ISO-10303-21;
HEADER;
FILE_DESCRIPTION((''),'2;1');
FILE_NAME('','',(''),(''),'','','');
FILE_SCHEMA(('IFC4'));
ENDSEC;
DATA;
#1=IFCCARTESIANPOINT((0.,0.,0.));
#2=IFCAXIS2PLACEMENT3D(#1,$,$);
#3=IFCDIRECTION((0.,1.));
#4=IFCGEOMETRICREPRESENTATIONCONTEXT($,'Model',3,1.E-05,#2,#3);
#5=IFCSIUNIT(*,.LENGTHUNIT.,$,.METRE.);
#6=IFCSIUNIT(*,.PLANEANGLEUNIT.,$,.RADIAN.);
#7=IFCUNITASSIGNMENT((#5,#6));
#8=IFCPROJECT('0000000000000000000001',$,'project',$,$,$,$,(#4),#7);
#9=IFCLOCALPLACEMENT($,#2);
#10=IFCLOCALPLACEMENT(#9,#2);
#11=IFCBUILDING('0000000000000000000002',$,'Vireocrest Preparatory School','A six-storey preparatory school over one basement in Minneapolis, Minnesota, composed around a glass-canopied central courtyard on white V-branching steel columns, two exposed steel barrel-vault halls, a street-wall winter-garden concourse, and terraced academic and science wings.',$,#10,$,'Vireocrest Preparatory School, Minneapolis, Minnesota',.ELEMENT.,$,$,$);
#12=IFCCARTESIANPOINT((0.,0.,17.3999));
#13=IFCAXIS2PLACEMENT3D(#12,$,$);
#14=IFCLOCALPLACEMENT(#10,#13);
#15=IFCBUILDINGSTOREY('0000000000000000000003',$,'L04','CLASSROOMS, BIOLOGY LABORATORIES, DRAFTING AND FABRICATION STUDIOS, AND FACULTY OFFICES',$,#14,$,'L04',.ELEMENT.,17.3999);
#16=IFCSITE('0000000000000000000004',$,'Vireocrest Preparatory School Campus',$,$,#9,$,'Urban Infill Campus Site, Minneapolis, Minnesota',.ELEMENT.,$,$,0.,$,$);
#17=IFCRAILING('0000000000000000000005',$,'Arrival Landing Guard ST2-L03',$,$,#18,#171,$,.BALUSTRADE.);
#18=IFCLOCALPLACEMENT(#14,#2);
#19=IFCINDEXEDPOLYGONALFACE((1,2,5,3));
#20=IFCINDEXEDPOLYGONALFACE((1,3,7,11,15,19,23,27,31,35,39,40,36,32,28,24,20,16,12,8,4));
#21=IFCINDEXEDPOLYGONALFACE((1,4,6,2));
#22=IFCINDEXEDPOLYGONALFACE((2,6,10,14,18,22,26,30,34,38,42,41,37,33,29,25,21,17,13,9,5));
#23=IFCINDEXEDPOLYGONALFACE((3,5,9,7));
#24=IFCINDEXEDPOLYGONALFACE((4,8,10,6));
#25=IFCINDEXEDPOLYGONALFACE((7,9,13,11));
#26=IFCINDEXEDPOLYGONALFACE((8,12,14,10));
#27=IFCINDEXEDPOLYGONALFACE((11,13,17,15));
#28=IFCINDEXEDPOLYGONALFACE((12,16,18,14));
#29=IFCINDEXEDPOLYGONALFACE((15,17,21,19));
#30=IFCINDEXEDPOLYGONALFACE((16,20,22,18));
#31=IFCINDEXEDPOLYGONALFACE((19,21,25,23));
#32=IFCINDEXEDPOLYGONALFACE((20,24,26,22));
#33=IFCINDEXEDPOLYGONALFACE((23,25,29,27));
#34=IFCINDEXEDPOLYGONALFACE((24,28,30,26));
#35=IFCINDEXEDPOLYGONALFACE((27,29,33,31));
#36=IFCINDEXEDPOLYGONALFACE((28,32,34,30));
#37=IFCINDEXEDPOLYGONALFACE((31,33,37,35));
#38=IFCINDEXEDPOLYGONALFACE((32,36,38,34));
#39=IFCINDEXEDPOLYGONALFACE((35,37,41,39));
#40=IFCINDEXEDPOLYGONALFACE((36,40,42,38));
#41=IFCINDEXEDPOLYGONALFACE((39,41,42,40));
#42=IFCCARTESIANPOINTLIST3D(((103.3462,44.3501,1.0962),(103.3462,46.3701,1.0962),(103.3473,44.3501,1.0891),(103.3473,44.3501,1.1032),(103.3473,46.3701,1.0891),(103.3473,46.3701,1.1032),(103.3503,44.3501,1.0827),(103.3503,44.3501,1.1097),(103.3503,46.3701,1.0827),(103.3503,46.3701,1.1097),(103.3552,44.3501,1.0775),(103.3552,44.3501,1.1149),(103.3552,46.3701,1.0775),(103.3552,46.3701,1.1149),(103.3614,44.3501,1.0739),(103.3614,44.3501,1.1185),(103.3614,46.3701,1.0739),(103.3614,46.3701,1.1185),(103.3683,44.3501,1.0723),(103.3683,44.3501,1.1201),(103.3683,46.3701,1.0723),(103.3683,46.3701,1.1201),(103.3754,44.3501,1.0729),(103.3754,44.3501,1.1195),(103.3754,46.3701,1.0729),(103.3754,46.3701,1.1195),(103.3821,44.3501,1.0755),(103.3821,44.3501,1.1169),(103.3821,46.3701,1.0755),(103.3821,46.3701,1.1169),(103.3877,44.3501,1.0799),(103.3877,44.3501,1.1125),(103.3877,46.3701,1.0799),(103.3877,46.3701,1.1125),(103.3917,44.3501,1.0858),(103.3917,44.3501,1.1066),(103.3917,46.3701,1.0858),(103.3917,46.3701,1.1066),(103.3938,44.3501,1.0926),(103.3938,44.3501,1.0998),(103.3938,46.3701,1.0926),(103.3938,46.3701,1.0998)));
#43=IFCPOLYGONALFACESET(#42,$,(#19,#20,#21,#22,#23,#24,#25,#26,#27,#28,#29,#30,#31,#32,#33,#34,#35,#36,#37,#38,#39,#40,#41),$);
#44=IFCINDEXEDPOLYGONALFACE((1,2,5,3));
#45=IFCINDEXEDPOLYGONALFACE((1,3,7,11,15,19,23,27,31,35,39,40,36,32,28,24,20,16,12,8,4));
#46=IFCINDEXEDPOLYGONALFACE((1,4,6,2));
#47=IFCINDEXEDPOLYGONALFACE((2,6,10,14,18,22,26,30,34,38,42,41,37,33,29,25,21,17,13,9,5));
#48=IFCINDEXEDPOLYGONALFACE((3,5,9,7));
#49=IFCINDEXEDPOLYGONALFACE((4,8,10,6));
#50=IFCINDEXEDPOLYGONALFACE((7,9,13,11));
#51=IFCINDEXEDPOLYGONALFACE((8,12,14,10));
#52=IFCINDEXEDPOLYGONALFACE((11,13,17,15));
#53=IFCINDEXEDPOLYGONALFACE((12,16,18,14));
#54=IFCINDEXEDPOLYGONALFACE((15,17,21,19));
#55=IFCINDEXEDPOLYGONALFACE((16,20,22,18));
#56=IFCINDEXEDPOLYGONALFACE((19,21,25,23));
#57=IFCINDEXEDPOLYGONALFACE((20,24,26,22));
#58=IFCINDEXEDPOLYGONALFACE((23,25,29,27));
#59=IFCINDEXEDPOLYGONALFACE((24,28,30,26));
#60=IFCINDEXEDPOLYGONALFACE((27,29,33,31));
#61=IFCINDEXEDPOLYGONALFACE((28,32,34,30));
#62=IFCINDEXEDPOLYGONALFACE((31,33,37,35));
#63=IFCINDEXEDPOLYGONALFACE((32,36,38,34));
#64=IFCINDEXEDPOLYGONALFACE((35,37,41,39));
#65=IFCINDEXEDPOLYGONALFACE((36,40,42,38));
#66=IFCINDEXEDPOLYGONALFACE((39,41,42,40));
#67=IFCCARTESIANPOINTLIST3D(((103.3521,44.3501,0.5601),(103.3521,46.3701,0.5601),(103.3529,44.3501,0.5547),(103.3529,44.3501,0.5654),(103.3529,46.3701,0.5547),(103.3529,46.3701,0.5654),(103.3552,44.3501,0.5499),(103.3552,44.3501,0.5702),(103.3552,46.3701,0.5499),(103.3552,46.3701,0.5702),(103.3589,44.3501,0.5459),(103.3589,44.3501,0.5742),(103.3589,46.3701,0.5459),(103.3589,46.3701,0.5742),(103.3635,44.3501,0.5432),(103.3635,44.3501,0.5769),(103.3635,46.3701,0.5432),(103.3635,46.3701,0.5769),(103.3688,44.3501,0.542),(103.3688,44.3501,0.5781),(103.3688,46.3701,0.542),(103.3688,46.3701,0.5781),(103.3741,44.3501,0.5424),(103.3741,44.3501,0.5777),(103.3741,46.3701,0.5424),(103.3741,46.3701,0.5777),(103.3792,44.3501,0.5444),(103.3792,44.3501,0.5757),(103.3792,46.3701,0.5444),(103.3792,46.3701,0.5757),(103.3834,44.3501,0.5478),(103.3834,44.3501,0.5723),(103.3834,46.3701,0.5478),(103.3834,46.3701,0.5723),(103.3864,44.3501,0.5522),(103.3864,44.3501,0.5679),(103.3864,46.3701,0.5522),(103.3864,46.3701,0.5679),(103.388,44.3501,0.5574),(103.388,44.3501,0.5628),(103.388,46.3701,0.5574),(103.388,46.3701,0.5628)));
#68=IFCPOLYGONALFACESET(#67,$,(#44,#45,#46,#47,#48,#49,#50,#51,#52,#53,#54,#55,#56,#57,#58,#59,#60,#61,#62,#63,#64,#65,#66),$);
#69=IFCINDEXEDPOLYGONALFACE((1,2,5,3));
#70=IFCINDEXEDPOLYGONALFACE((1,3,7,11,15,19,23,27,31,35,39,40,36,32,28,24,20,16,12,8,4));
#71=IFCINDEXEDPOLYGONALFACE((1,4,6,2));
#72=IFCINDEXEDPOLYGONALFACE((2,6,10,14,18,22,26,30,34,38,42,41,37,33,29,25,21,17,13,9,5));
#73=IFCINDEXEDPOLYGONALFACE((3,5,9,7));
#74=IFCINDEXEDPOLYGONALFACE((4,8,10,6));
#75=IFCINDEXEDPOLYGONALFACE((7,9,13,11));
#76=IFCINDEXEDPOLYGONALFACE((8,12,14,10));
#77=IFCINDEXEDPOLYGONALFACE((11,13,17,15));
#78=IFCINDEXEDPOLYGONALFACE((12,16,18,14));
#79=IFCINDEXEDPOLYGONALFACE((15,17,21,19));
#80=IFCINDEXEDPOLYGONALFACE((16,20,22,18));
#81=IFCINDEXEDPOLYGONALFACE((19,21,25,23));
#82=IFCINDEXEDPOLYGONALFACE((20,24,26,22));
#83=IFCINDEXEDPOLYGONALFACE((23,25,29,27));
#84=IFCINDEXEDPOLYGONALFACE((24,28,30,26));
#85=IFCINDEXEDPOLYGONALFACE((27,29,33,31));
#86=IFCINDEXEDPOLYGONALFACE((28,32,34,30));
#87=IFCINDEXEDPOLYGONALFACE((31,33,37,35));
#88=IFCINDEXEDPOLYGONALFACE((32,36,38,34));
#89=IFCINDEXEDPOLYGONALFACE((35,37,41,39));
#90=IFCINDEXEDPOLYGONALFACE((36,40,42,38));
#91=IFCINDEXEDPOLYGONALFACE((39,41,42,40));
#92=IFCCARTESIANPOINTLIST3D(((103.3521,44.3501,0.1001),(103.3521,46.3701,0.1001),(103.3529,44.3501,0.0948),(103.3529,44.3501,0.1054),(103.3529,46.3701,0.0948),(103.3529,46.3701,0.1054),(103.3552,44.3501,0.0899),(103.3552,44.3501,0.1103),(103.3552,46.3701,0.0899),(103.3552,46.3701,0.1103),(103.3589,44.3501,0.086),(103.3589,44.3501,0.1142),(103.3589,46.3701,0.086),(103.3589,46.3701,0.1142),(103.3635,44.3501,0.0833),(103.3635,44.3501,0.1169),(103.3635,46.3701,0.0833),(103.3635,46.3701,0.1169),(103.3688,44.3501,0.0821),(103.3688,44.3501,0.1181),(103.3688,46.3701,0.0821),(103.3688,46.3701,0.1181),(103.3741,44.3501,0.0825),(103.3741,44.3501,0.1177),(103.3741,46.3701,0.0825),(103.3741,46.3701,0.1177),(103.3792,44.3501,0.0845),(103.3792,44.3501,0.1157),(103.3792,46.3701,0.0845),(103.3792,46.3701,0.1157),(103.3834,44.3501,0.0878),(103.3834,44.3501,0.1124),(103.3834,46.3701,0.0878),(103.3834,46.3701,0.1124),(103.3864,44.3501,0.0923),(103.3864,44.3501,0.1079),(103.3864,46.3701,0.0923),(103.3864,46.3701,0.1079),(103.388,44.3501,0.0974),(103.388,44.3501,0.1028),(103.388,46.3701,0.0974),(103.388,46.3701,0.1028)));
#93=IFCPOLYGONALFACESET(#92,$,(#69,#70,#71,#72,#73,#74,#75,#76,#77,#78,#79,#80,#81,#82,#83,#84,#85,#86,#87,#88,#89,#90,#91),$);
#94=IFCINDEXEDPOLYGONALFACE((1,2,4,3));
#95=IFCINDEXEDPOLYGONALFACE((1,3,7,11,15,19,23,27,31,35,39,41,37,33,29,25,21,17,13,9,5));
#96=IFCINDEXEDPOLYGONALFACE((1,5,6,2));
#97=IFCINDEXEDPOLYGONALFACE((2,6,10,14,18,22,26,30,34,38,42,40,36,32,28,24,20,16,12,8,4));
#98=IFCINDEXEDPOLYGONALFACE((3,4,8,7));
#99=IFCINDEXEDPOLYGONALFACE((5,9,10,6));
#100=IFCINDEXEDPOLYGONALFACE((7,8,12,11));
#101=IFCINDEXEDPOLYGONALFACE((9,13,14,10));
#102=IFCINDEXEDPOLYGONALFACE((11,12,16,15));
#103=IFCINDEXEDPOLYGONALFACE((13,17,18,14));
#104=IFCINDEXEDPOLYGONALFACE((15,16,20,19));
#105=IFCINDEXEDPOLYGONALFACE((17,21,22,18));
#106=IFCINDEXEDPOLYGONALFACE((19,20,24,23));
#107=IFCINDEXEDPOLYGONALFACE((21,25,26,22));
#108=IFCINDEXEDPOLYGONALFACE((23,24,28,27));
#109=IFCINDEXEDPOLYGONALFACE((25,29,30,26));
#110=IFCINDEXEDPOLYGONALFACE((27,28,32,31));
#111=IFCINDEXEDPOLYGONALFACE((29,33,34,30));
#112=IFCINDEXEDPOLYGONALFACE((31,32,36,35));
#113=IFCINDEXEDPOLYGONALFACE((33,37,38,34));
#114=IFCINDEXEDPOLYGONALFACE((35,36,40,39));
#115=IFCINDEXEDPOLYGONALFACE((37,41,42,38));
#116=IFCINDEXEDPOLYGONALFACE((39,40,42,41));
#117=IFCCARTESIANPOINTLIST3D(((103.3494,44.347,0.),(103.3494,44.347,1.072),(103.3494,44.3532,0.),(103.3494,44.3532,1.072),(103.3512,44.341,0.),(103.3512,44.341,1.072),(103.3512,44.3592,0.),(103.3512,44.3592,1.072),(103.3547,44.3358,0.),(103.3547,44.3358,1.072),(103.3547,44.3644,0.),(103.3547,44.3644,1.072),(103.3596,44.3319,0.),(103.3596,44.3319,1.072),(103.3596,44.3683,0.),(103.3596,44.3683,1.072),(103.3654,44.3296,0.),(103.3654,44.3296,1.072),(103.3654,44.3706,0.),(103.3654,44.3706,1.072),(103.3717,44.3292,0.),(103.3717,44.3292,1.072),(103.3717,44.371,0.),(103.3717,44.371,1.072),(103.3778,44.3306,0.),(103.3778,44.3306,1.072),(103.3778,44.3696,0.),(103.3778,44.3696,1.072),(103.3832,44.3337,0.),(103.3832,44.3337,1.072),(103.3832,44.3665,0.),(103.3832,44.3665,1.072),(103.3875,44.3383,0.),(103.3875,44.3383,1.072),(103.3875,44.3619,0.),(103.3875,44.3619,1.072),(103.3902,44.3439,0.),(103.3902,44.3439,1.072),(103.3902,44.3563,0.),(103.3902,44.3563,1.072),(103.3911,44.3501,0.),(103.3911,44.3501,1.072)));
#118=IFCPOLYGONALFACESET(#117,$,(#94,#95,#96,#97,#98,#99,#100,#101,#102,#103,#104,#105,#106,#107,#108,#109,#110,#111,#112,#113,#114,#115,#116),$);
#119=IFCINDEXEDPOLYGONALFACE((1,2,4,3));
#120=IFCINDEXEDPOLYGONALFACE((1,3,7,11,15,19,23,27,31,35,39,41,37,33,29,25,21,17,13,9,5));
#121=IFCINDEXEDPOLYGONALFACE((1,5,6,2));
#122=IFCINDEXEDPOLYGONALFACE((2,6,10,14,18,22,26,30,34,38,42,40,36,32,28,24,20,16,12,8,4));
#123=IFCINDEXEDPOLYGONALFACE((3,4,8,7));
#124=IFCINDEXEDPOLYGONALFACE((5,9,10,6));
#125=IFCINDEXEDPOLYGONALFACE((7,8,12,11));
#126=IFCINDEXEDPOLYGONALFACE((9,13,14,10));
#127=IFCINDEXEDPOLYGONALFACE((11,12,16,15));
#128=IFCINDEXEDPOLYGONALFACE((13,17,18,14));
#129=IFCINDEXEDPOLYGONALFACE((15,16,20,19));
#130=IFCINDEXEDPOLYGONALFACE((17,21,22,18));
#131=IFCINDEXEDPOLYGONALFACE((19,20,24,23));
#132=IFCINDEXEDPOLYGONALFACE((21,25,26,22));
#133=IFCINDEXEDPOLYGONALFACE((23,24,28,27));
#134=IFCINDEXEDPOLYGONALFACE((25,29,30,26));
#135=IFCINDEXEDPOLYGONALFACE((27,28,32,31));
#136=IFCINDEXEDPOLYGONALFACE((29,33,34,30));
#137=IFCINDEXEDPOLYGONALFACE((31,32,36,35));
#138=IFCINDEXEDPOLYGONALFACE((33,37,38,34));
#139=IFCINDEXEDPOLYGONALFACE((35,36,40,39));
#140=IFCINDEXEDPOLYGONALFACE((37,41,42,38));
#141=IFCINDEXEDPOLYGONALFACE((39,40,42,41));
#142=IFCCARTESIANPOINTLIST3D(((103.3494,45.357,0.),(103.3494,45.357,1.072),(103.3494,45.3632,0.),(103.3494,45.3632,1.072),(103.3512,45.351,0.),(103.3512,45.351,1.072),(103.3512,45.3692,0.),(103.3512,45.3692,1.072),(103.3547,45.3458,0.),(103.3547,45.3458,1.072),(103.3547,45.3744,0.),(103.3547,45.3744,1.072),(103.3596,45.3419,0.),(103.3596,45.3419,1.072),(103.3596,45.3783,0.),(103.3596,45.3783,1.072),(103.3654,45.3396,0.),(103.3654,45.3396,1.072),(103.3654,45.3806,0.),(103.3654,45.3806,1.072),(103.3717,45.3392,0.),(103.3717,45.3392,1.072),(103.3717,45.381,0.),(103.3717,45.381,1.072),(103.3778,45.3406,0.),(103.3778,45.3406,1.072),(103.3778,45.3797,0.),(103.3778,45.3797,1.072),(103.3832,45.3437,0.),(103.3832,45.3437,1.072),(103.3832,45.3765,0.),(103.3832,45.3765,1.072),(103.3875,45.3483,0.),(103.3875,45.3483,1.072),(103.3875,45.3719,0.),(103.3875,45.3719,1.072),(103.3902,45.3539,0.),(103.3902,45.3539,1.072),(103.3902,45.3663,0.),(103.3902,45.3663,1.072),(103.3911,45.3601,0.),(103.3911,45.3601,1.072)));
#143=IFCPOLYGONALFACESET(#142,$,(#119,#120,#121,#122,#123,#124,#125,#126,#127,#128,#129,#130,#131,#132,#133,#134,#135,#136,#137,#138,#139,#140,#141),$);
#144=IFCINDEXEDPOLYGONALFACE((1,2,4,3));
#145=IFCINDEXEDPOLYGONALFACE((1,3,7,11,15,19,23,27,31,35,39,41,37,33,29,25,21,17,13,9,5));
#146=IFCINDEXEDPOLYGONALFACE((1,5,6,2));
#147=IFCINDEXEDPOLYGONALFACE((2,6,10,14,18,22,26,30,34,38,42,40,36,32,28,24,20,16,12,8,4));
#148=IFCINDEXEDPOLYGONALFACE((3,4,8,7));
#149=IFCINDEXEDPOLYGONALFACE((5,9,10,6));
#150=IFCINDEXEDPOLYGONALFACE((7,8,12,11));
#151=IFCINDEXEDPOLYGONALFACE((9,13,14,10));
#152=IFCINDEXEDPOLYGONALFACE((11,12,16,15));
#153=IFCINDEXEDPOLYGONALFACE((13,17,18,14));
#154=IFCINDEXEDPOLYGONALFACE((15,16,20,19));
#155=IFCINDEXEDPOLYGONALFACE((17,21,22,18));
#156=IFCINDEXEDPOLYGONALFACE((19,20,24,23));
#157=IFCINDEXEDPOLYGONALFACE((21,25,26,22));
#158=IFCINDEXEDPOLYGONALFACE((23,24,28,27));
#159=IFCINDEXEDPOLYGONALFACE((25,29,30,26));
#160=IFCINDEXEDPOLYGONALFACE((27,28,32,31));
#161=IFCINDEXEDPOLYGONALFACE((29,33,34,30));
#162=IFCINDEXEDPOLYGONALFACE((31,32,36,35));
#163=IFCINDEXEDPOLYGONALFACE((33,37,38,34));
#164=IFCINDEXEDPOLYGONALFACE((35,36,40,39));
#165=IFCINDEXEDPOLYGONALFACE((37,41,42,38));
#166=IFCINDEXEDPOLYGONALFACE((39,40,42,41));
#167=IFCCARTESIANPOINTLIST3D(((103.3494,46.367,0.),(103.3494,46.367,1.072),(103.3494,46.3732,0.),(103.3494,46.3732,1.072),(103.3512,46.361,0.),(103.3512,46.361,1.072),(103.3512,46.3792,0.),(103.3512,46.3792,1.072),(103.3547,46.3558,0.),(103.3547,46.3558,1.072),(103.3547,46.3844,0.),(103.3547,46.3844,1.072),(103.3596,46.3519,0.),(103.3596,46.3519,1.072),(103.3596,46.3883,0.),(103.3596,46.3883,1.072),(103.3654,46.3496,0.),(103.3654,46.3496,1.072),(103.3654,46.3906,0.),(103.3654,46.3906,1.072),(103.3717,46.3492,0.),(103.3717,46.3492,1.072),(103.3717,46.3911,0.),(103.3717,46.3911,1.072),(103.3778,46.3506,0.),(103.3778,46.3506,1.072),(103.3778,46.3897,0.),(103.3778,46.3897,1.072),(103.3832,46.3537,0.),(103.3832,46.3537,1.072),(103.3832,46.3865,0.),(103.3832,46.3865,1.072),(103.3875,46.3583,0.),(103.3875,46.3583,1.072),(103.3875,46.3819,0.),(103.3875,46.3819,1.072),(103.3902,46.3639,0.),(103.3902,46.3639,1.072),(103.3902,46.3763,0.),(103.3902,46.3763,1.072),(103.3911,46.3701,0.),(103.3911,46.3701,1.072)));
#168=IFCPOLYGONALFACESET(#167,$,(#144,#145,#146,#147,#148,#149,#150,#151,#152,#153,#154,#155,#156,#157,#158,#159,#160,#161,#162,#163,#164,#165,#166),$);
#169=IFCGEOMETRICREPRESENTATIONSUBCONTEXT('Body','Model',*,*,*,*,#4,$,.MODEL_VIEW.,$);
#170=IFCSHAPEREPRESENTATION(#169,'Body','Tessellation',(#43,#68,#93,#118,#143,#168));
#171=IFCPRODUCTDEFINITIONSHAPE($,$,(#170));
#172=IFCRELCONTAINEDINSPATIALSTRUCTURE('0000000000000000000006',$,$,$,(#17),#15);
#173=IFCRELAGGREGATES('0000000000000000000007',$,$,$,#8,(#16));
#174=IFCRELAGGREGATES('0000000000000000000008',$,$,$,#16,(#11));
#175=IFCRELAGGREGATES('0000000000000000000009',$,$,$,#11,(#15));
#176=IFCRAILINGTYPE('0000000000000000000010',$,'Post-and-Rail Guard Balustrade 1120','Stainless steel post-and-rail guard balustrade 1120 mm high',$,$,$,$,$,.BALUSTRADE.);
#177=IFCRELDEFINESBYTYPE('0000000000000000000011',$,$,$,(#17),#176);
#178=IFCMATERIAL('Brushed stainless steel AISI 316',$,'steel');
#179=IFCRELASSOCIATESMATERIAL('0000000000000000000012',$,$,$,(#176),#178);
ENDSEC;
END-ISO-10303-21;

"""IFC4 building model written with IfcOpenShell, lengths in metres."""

from ifc_helpers import new_model, si_unit, direction, frame, origin, origin_2d, place, context, subcontext, project, spatial, circle, extrude, material, type_object, element, save


model = new_model("IFC4")

# Units and contexts
model_context = context("Model", 3, precision=1e-05, world=origin(), true_north=direction((0.0, 1.0)))
body_context = subcontext(model_context, "Body", "Model", "MODEL_VIEW")
ifc_project = project(units=[si_unit("LENGTHUNIT", "METRE"), si_unit("PLANEANGLEUNIT", "RADIAN")], contexts=[model_context])

# Site, building, storey
site_placement = place(None, origin())
site = spatial("IfcSite", under=ifc_project, at=site_placement, Name="Vireocrest Preparatory School Campus", LongName="Urban Infill Campus Site, Minneapolis, Minnesota", CompositionType="ELEMENT", RefElevation=0.0)
building_placement = place(site_placement, origin())
building = spatial("IfcBuilding", under=site, at=building_placement, Name="Vireocrest Preparatory School", Description="A six-storey preparatory school over one basement in Minneapolis, Minnesota, composed around a glass-canopied central courtyard on white V-branching steel columns, two exposed steel barrel-vault halls, a street-wall winter-garden concourse, and terraced academic and science wings.", LongName="Vireocrest Preparatory School, Minneapolis, Minnesota", CompositionType="ELEMENT")
storey_placement = place(building_placement, frame((0.0, 0.0, 17.3999)))
storey = spatial("IfcBuildingStorey", under=building, at=storey_placement, Name="L04", Description="CLASSROOMS, BIOLOGY LABORATORIES, DRAFTING AND FABRICATION STUDIOS, AND FACULTY OFFICES", LongName="L04", CompositionType="ELEMENT", Elevation=17.3999)

# Railing
ifc_material_1 = material(Name="Brushed stainless steel AISI 316", Category="steel")
railing_type_1 = type_object("IfcRailingType", Name="Post-and-Rail Guard Balustrade 1120", Description="Stainless steel post-and-rail guard balustrade 1120 mm high", PredefinedType="BALUSTRADE", material=ifc_material_1)
railing_1_placement = place(storey_placement, frame((103.3701, 44.3501, 0.0)))
element("IfcRailing", 1, at=railing_1_placement, inside=storey, type_object=railing_type_1, Name="Arrival Landing Guard ST2-L03", PredefinedType="BALUSTRADE", context=body_context, shape_type="SweptSolid", body=[
    extrude(circle(Radius=0.0239, at=origin_2d()), frame((0.0, 0.0, 1.0962), z_axis=(0.0, 1.0, 0.0), x_axis=(-1.0, 0.0, 0.0)), (0.0, 0.0, 1.0), 2.02),
    extrude(circle(Radius=0.0181, at=origin_2d()), frame((0.0, 0.0, 0.5601), z_axis=(0.0, 1.0, 0.0), x_axis=(-1.0, 0.0, 0.0)), (0.0, 0.0, 1.0), 2.02),
    extrude(circle(Radius=0.0181, at=origin_2d()), frame((0.0, 0.0, 0.1001), z_axis=(0.0, 1.0, 0.0), x_axis=(-1.0, 0.0, 0.0)), (0.0, 0.0, 1.0), 2.02),
    extrude(circle(Radius=0.021, at=origin_2d()), origin(), (0.0, 0.0, 1.0), 1.072),
    extrude(circle(Radius=0.021, at=origin_2d()), frame((0.0, 1.01, 0.0)), (0.0, 0.0, 1.0), 1.072),
    extrude(circle(Radius=0.021, at=origin_2d()), frame((0.0, 2.02, 0.0)), (0.0, 0.0, 1.0), 1.072),
])

save(model, "model.ifc")
